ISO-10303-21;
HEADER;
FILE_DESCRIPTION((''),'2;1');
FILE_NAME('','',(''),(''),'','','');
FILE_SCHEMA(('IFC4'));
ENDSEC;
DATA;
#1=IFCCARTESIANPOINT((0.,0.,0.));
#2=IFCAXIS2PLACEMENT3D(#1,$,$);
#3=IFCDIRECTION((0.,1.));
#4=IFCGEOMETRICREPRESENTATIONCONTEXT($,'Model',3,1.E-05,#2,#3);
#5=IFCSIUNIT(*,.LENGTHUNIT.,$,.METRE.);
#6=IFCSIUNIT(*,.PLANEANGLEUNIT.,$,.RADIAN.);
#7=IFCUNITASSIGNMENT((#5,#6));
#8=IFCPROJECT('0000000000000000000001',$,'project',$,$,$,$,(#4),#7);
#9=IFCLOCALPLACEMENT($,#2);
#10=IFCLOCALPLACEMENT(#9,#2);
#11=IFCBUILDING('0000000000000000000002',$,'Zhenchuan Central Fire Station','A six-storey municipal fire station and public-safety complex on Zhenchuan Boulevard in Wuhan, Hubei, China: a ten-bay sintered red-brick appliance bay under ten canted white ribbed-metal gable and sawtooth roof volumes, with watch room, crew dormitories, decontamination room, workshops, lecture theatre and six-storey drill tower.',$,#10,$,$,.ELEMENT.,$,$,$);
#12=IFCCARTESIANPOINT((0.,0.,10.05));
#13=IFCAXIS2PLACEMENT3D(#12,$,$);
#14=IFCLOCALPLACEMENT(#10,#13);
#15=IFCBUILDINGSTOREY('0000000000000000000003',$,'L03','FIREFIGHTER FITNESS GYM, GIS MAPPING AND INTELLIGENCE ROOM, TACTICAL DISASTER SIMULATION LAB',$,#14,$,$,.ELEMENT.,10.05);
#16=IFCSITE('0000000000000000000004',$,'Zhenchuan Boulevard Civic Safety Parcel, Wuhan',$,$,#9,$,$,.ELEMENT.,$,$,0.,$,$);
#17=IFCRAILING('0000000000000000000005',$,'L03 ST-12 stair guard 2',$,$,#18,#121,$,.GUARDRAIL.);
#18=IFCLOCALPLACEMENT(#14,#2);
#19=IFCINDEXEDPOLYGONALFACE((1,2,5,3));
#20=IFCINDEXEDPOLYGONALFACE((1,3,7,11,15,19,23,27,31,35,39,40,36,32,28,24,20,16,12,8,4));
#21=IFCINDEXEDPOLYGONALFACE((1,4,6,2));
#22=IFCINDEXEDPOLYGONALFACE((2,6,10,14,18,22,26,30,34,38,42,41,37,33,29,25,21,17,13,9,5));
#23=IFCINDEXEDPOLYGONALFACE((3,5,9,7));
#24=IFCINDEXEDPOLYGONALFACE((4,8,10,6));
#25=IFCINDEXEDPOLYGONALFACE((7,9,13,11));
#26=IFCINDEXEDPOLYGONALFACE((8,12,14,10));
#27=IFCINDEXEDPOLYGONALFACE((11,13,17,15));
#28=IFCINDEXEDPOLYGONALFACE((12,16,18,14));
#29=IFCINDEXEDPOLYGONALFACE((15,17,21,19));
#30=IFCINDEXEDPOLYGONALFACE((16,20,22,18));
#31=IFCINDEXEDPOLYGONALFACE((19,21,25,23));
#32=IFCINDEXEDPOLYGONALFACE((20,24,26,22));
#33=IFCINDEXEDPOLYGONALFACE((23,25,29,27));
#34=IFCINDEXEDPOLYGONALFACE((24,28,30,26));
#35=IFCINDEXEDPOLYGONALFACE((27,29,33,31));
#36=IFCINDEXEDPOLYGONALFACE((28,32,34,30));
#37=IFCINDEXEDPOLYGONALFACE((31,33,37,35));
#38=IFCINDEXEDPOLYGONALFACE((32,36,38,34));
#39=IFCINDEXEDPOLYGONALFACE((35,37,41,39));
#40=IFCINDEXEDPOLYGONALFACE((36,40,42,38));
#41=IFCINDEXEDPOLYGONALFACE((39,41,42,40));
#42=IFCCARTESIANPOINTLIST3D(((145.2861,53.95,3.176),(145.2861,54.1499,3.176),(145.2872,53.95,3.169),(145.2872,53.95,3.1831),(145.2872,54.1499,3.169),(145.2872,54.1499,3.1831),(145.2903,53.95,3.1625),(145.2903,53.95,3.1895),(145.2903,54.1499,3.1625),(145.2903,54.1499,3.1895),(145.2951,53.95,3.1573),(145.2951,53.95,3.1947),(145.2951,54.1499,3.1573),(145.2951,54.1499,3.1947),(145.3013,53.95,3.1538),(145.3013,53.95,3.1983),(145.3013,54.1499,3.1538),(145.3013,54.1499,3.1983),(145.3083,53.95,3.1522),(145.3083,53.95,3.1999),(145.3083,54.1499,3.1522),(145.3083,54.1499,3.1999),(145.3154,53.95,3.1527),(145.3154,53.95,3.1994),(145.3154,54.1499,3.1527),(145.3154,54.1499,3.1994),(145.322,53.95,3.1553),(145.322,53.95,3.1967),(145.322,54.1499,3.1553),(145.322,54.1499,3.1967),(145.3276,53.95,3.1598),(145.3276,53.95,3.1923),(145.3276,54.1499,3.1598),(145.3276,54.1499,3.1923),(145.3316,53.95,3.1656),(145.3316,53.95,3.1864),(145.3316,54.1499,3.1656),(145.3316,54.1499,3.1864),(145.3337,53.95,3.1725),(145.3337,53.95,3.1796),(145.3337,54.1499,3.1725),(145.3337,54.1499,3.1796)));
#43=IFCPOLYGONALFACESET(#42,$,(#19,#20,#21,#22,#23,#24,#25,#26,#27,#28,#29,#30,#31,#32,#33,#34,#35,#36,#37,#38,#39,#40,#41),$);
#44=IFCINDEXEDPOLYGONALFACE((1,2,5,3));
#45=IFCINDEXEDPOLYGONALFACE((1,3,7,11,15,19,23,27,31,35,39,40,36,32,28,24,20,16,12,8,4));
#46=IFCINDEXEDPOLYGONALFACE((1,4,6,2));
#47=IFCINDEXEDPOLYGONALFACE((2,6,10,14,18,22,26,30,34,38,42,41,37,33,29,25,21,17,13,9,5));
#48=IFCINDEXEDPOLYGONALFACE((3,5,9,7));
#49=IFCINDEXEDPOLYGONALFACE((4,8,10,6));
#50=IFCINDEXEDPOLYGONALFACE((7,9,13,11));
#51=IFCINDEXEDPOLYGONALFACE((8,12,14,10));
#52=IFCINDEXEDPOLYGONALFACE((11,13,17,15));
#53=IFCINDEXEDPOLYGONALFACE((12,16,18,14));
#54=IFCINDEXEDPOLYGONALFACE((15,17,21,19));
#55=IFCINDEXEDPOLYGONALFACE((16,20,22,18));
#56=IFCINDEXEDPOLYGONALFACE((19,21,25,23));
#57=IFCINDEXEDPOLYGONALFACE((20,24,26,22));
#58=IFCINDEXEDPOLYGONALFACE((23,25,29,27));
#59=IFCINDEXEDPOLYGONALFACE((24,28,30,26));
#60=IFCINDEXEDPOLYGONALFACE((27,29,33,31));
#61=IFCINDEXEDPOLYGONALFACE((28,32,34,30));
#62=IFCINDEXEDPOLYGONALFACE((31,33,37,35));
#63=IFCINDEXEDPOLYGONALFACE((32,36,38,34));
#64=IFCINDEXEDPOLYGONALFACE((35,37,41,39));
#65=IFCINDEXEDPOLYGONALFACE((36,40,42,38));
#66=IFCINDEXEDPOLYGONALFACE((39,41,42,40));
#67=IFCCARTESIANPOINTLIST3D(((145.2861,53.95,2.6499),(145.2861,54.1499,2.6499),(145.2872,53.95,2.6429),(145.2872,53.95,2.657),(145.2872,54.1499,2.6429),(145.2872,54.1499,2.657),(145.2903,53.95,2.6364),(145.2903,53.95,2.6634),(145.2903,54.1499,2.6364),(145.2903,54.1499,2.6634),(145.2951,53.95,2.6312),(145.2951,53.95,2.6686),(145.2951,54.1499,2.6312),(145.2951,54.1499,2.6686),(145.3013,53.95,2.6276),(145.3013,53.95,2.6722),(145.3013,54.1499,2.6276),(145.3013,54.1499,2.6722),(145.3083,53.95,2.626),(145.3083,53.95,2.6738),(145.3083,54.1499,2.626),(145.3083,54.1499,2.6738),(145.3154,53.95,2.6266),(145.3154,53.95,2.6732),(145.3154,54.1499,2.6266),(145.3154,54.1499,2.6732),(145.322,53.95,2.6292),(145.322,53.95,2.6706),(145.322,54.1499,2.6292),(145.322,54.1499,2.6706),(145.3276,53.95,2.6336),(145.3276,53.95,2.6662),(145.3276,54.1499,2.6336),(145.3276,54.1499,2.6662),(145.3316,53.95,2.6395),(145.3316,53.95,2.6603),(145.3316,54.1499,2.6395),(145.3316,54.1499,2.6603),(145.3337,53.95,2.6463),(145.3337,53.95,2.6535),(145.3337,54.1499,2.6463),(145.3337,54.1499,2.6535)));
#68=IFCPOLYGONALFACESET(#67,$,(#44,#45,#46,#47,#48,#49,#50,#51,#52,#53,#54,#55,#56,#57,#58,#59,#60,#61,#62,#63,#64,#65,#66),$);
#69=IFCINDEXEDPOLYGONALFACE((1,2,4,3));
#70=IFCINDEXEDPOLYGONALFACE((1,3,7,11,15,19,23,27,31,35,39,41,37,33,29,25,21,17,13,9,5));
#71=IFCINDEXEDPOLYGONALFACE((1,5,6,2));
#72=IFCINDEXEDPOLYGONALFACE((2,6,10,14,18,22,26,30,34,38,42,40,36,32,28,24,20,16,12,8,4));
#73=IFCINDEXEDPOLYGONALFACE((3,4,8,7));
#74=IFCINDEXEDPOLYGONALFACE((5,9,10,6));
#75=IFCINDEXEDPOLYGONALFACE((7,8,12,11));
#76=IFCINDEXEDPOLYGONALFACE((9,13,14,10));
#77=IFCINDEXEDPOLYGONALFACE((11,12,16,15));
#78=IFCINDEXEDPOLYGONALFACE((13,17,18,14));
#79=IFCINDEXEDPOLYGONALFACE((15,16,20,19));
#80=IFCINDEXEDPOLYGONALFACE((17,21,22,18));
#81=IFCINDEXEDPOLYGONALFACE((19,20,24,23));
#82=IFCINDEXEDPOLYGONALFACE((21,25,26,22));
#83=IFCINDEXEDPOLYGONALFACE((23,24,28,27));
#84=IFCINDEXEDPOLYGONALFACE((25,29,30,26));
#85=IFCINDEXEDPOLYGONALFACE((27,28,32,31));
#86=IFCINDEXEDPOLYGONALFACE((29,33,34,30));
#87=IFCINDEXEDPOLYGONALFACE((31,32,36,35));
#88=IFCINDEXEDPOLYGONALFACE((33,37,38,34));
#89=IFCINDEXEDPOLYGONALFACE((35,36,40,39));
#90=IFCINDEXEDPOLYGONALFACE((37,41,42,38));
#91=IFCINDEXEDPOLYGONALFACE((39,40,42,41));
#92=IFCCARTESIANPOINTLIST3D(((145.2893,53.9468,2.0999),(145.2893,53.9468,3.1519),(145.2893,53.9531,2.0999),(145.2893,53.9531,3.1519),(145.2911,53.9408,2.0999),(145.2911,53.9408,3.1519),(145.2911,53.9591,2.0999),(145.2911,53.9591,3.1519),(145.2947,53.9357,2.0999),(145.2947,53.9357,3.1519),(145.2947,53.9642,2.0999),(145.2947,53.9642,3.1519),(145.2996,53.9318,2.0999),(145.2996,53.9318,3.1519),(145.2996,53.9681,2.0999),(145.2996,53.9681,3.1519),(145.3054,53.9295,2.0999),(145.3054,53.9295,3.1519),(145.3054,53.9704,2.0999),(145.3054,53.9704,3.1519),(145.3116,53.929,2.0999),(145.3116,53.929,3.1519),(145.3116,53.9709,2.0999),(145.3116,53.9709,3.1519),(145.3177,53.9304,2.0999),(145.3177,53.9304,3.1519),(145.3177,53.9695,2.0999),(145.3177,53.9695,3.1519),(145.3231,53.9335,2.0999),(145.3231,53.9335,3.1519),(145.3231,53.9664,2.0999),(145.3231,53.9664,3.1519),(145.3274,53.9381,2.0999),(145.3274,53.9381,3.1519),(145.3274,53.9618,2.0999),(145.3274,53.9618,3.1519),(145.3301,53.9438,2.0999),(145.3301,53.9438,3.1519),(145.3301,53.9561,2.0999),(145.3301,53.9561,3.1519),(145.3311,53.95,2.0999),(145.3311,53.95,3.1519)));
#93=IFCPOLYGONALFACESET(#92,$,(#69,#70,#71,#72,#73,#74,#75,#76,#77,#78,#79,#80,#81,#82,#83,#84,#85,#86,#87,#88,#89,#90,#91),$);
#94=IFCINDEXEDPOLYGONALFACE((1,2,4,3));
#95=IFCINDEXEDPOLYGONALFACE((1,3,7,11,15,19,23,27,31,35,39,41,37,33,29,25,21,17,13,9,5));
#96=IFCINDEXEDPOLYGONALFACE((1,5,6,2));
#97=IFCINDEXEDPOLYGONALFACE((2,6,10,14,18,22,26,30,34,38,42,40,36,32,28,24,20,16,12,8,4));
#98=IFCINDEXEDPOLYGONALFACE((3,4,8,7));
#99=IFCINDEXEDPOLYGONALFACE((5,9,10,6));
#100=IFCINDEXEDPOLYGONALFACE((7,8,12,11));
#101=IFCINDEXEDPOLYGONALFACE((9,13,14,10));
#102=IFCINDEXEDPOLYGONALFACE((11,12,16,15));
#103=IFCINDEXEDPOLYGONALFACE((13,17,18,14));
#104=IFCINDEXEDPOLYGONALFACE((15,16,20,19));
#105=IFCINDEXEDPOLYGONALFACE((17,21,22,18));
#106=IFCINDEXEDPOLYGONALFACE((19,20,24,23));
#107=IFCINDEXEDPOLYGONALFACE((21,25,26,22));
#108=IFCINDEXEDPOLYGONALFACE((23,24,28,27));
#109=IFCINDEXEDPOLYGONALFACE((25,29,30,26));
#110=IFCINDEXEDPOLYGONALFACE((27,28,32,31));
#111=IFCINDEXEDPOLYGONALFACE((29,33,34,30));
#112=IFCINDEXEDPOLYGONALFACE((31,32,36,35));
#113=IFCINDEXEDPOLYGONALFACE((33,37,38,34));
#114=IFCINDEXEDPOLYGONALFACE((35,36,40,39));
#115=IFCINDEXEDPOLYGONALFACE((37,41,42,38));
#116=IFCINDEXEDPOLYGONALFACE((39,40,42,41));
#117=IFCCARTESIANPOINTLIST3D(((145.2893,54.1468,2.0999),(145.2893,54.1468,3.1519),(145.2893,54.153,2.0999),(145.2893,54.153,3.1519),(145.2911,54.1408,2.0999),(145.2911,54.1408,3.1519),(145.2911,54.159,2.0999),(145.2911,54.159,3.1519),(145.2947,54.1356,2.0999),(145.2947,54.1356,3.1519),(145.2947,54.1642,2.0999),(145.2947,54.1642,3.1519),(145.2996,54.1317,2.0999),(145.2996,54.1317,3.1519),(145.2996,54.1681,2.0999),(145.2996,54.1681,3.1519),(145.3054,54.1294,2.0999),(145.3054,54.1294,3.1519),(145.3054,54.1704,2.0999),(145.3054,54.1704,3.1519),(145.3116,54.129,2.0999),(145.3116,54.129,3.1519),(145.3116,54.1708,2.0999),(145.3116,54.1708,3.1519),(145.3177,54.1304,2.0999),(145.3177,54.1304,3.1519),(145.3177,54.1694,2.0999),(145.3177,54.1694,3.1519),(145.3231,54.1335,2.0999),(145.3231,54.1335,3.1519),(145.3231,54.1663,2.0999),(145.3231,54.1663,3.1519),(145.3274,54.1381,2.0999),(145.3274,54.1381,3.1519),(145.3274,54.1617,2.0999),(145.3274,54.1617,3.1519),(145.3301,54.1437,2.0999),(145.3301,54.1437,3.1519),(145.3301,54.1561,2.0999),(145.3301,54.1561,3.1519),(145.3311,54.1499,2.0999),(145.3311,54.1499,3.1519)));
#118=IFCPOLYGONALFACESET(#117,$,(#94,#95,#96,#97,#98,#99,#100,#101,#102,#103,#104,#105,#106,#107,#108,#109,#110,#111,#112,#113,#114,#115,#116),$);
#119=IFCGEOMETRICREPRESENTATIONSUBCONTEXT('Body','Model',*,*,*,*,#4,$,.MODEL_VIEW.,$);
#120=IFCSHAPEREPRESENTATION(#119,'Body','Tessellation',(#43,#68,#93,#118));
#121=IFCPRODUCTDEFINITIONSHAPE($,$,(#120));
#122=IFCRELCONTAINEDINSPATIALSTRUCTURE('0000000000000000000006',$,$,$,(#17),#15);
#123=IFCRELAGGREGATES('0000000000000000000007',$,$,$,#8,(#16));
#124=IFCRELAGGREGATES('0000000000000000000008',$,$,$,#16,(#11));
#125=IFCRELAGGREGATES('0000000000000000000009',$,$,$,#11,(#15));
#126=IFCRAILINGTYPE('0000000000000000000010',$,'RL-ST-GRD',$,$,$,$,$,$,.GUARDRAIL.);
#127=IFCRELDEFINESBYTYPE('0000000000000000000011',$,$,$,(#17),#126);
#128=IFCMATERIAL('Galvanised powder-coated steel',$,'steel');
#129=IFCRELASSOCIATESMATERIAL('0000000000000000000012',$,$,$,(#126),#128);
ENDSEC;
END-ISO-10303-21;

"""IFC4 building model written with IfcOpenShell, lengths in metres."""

from ifc_helpers import new_model, si_unit, direction, frame, origin, origin_2d, place, context, subcontext, project, spatial, circle, extrude, material, type_object, element, save


model = new_model("IFC4")

# Units and contexts
model_context = context("Model", 3, precision=1e-05, world=origin(), true_north=direction((0.0, 1.0)))
body_context = subcontext(model_context, "Body", "Model", "MODEL_VIEW")
ifc_project = project(units=[si_unit("LENGTHUNIT", "METRE"), si_unit("PLANEANGLEUNIT", "RADIAN")], contexts=[model_context])

# Site, building, storey
site_placement = place(None, origin())
site = spatial("IfcSite", under=ifc_project, at=site_placement, Name="Zhenchuan Boulevard Civic Safety Parcel, Wuhan", CompositionType="ELEMENT", RefElevation=0.0)
building_placement = place(site_placement, origin())
building = spatial("IfcBuilding", under=site, at=building_placement, Name="Zhenchuan Central Fire Station", Description="A six-storey municipal fire station and public-safety complex on Zhenchuan Boulevard in Wuhan, Hubei, China: a ten-bay sintered red-brick appliance bay under ten canted white ribbed-metal gable and sawtooth roof volumes, with watch room, crew dormitories, decontamination room, workshops, lecture theatre and six-storey drill tower.", CompositionType="ELEMENT")
storey_placement = place(building_placement, frame((0.0, 0.0, 10.05)))
storey = spatial("IfcBuildingStorey", under=building, at=storey_placement, Name="L03", Description="FIREFIGHTER FITNESS GYM, GIS MAPPING AND INTELLIGENCE ROOM, TACTICAL DISASTER SIMULATION LAB", CompositionType="ELEMENT", Elevation=10.05)

# Railing
ifc_material_1 = material(Name="Galvanised powder-coated steel", Category="steel")
railing_type_1 = type_object("IfcRailingType", Name="RL-ST-GRD", PredefinedType="GUARDRAIL", material=ifc_material_1)
railing_1_placement = place(storey_placement, frame((145.3101, 53.95, 2.0999)))
element("IfcRailing", 1, at=railing_1_placement, inside=storey, type_object=railing_type_1, Name="L03 ST-12 stair guard 2", PredefinedType="GUARDRAIL", context=body_context, shape_type="SweptSolid", body=[
    extrude(circle(Radius=0.0239, at=origin_2d()), frame((0.0, 0.0, 1.0762), z_axis=(0.0, 1.0, 0.0), x_axis=(-1.0, 0.0, 0.0)), (0.0, 0.0, 1.0), 0.2),
    extrude(circle(Radius=0.0239, at=origin_2d()), frame((0.0, 0.0, 0.55), z_axis=(0.0, 1.0, 0.0), x_axis=(-1.0, 0.0, 0.0)), (0.0, 0.0, 1.0), 0.2),
    extrude(circle(Radius=0.021, at=origin_2d()), origin(), (0.0, 0.0, 1.0), 1.052),
    extrude(circle(Radius=0.021, at=origin_2d()), frame((0.0, 0.2, 0.0)), (0.0, 0.0, 1.0), 1.052),
])

save(model, "model.ifc")
